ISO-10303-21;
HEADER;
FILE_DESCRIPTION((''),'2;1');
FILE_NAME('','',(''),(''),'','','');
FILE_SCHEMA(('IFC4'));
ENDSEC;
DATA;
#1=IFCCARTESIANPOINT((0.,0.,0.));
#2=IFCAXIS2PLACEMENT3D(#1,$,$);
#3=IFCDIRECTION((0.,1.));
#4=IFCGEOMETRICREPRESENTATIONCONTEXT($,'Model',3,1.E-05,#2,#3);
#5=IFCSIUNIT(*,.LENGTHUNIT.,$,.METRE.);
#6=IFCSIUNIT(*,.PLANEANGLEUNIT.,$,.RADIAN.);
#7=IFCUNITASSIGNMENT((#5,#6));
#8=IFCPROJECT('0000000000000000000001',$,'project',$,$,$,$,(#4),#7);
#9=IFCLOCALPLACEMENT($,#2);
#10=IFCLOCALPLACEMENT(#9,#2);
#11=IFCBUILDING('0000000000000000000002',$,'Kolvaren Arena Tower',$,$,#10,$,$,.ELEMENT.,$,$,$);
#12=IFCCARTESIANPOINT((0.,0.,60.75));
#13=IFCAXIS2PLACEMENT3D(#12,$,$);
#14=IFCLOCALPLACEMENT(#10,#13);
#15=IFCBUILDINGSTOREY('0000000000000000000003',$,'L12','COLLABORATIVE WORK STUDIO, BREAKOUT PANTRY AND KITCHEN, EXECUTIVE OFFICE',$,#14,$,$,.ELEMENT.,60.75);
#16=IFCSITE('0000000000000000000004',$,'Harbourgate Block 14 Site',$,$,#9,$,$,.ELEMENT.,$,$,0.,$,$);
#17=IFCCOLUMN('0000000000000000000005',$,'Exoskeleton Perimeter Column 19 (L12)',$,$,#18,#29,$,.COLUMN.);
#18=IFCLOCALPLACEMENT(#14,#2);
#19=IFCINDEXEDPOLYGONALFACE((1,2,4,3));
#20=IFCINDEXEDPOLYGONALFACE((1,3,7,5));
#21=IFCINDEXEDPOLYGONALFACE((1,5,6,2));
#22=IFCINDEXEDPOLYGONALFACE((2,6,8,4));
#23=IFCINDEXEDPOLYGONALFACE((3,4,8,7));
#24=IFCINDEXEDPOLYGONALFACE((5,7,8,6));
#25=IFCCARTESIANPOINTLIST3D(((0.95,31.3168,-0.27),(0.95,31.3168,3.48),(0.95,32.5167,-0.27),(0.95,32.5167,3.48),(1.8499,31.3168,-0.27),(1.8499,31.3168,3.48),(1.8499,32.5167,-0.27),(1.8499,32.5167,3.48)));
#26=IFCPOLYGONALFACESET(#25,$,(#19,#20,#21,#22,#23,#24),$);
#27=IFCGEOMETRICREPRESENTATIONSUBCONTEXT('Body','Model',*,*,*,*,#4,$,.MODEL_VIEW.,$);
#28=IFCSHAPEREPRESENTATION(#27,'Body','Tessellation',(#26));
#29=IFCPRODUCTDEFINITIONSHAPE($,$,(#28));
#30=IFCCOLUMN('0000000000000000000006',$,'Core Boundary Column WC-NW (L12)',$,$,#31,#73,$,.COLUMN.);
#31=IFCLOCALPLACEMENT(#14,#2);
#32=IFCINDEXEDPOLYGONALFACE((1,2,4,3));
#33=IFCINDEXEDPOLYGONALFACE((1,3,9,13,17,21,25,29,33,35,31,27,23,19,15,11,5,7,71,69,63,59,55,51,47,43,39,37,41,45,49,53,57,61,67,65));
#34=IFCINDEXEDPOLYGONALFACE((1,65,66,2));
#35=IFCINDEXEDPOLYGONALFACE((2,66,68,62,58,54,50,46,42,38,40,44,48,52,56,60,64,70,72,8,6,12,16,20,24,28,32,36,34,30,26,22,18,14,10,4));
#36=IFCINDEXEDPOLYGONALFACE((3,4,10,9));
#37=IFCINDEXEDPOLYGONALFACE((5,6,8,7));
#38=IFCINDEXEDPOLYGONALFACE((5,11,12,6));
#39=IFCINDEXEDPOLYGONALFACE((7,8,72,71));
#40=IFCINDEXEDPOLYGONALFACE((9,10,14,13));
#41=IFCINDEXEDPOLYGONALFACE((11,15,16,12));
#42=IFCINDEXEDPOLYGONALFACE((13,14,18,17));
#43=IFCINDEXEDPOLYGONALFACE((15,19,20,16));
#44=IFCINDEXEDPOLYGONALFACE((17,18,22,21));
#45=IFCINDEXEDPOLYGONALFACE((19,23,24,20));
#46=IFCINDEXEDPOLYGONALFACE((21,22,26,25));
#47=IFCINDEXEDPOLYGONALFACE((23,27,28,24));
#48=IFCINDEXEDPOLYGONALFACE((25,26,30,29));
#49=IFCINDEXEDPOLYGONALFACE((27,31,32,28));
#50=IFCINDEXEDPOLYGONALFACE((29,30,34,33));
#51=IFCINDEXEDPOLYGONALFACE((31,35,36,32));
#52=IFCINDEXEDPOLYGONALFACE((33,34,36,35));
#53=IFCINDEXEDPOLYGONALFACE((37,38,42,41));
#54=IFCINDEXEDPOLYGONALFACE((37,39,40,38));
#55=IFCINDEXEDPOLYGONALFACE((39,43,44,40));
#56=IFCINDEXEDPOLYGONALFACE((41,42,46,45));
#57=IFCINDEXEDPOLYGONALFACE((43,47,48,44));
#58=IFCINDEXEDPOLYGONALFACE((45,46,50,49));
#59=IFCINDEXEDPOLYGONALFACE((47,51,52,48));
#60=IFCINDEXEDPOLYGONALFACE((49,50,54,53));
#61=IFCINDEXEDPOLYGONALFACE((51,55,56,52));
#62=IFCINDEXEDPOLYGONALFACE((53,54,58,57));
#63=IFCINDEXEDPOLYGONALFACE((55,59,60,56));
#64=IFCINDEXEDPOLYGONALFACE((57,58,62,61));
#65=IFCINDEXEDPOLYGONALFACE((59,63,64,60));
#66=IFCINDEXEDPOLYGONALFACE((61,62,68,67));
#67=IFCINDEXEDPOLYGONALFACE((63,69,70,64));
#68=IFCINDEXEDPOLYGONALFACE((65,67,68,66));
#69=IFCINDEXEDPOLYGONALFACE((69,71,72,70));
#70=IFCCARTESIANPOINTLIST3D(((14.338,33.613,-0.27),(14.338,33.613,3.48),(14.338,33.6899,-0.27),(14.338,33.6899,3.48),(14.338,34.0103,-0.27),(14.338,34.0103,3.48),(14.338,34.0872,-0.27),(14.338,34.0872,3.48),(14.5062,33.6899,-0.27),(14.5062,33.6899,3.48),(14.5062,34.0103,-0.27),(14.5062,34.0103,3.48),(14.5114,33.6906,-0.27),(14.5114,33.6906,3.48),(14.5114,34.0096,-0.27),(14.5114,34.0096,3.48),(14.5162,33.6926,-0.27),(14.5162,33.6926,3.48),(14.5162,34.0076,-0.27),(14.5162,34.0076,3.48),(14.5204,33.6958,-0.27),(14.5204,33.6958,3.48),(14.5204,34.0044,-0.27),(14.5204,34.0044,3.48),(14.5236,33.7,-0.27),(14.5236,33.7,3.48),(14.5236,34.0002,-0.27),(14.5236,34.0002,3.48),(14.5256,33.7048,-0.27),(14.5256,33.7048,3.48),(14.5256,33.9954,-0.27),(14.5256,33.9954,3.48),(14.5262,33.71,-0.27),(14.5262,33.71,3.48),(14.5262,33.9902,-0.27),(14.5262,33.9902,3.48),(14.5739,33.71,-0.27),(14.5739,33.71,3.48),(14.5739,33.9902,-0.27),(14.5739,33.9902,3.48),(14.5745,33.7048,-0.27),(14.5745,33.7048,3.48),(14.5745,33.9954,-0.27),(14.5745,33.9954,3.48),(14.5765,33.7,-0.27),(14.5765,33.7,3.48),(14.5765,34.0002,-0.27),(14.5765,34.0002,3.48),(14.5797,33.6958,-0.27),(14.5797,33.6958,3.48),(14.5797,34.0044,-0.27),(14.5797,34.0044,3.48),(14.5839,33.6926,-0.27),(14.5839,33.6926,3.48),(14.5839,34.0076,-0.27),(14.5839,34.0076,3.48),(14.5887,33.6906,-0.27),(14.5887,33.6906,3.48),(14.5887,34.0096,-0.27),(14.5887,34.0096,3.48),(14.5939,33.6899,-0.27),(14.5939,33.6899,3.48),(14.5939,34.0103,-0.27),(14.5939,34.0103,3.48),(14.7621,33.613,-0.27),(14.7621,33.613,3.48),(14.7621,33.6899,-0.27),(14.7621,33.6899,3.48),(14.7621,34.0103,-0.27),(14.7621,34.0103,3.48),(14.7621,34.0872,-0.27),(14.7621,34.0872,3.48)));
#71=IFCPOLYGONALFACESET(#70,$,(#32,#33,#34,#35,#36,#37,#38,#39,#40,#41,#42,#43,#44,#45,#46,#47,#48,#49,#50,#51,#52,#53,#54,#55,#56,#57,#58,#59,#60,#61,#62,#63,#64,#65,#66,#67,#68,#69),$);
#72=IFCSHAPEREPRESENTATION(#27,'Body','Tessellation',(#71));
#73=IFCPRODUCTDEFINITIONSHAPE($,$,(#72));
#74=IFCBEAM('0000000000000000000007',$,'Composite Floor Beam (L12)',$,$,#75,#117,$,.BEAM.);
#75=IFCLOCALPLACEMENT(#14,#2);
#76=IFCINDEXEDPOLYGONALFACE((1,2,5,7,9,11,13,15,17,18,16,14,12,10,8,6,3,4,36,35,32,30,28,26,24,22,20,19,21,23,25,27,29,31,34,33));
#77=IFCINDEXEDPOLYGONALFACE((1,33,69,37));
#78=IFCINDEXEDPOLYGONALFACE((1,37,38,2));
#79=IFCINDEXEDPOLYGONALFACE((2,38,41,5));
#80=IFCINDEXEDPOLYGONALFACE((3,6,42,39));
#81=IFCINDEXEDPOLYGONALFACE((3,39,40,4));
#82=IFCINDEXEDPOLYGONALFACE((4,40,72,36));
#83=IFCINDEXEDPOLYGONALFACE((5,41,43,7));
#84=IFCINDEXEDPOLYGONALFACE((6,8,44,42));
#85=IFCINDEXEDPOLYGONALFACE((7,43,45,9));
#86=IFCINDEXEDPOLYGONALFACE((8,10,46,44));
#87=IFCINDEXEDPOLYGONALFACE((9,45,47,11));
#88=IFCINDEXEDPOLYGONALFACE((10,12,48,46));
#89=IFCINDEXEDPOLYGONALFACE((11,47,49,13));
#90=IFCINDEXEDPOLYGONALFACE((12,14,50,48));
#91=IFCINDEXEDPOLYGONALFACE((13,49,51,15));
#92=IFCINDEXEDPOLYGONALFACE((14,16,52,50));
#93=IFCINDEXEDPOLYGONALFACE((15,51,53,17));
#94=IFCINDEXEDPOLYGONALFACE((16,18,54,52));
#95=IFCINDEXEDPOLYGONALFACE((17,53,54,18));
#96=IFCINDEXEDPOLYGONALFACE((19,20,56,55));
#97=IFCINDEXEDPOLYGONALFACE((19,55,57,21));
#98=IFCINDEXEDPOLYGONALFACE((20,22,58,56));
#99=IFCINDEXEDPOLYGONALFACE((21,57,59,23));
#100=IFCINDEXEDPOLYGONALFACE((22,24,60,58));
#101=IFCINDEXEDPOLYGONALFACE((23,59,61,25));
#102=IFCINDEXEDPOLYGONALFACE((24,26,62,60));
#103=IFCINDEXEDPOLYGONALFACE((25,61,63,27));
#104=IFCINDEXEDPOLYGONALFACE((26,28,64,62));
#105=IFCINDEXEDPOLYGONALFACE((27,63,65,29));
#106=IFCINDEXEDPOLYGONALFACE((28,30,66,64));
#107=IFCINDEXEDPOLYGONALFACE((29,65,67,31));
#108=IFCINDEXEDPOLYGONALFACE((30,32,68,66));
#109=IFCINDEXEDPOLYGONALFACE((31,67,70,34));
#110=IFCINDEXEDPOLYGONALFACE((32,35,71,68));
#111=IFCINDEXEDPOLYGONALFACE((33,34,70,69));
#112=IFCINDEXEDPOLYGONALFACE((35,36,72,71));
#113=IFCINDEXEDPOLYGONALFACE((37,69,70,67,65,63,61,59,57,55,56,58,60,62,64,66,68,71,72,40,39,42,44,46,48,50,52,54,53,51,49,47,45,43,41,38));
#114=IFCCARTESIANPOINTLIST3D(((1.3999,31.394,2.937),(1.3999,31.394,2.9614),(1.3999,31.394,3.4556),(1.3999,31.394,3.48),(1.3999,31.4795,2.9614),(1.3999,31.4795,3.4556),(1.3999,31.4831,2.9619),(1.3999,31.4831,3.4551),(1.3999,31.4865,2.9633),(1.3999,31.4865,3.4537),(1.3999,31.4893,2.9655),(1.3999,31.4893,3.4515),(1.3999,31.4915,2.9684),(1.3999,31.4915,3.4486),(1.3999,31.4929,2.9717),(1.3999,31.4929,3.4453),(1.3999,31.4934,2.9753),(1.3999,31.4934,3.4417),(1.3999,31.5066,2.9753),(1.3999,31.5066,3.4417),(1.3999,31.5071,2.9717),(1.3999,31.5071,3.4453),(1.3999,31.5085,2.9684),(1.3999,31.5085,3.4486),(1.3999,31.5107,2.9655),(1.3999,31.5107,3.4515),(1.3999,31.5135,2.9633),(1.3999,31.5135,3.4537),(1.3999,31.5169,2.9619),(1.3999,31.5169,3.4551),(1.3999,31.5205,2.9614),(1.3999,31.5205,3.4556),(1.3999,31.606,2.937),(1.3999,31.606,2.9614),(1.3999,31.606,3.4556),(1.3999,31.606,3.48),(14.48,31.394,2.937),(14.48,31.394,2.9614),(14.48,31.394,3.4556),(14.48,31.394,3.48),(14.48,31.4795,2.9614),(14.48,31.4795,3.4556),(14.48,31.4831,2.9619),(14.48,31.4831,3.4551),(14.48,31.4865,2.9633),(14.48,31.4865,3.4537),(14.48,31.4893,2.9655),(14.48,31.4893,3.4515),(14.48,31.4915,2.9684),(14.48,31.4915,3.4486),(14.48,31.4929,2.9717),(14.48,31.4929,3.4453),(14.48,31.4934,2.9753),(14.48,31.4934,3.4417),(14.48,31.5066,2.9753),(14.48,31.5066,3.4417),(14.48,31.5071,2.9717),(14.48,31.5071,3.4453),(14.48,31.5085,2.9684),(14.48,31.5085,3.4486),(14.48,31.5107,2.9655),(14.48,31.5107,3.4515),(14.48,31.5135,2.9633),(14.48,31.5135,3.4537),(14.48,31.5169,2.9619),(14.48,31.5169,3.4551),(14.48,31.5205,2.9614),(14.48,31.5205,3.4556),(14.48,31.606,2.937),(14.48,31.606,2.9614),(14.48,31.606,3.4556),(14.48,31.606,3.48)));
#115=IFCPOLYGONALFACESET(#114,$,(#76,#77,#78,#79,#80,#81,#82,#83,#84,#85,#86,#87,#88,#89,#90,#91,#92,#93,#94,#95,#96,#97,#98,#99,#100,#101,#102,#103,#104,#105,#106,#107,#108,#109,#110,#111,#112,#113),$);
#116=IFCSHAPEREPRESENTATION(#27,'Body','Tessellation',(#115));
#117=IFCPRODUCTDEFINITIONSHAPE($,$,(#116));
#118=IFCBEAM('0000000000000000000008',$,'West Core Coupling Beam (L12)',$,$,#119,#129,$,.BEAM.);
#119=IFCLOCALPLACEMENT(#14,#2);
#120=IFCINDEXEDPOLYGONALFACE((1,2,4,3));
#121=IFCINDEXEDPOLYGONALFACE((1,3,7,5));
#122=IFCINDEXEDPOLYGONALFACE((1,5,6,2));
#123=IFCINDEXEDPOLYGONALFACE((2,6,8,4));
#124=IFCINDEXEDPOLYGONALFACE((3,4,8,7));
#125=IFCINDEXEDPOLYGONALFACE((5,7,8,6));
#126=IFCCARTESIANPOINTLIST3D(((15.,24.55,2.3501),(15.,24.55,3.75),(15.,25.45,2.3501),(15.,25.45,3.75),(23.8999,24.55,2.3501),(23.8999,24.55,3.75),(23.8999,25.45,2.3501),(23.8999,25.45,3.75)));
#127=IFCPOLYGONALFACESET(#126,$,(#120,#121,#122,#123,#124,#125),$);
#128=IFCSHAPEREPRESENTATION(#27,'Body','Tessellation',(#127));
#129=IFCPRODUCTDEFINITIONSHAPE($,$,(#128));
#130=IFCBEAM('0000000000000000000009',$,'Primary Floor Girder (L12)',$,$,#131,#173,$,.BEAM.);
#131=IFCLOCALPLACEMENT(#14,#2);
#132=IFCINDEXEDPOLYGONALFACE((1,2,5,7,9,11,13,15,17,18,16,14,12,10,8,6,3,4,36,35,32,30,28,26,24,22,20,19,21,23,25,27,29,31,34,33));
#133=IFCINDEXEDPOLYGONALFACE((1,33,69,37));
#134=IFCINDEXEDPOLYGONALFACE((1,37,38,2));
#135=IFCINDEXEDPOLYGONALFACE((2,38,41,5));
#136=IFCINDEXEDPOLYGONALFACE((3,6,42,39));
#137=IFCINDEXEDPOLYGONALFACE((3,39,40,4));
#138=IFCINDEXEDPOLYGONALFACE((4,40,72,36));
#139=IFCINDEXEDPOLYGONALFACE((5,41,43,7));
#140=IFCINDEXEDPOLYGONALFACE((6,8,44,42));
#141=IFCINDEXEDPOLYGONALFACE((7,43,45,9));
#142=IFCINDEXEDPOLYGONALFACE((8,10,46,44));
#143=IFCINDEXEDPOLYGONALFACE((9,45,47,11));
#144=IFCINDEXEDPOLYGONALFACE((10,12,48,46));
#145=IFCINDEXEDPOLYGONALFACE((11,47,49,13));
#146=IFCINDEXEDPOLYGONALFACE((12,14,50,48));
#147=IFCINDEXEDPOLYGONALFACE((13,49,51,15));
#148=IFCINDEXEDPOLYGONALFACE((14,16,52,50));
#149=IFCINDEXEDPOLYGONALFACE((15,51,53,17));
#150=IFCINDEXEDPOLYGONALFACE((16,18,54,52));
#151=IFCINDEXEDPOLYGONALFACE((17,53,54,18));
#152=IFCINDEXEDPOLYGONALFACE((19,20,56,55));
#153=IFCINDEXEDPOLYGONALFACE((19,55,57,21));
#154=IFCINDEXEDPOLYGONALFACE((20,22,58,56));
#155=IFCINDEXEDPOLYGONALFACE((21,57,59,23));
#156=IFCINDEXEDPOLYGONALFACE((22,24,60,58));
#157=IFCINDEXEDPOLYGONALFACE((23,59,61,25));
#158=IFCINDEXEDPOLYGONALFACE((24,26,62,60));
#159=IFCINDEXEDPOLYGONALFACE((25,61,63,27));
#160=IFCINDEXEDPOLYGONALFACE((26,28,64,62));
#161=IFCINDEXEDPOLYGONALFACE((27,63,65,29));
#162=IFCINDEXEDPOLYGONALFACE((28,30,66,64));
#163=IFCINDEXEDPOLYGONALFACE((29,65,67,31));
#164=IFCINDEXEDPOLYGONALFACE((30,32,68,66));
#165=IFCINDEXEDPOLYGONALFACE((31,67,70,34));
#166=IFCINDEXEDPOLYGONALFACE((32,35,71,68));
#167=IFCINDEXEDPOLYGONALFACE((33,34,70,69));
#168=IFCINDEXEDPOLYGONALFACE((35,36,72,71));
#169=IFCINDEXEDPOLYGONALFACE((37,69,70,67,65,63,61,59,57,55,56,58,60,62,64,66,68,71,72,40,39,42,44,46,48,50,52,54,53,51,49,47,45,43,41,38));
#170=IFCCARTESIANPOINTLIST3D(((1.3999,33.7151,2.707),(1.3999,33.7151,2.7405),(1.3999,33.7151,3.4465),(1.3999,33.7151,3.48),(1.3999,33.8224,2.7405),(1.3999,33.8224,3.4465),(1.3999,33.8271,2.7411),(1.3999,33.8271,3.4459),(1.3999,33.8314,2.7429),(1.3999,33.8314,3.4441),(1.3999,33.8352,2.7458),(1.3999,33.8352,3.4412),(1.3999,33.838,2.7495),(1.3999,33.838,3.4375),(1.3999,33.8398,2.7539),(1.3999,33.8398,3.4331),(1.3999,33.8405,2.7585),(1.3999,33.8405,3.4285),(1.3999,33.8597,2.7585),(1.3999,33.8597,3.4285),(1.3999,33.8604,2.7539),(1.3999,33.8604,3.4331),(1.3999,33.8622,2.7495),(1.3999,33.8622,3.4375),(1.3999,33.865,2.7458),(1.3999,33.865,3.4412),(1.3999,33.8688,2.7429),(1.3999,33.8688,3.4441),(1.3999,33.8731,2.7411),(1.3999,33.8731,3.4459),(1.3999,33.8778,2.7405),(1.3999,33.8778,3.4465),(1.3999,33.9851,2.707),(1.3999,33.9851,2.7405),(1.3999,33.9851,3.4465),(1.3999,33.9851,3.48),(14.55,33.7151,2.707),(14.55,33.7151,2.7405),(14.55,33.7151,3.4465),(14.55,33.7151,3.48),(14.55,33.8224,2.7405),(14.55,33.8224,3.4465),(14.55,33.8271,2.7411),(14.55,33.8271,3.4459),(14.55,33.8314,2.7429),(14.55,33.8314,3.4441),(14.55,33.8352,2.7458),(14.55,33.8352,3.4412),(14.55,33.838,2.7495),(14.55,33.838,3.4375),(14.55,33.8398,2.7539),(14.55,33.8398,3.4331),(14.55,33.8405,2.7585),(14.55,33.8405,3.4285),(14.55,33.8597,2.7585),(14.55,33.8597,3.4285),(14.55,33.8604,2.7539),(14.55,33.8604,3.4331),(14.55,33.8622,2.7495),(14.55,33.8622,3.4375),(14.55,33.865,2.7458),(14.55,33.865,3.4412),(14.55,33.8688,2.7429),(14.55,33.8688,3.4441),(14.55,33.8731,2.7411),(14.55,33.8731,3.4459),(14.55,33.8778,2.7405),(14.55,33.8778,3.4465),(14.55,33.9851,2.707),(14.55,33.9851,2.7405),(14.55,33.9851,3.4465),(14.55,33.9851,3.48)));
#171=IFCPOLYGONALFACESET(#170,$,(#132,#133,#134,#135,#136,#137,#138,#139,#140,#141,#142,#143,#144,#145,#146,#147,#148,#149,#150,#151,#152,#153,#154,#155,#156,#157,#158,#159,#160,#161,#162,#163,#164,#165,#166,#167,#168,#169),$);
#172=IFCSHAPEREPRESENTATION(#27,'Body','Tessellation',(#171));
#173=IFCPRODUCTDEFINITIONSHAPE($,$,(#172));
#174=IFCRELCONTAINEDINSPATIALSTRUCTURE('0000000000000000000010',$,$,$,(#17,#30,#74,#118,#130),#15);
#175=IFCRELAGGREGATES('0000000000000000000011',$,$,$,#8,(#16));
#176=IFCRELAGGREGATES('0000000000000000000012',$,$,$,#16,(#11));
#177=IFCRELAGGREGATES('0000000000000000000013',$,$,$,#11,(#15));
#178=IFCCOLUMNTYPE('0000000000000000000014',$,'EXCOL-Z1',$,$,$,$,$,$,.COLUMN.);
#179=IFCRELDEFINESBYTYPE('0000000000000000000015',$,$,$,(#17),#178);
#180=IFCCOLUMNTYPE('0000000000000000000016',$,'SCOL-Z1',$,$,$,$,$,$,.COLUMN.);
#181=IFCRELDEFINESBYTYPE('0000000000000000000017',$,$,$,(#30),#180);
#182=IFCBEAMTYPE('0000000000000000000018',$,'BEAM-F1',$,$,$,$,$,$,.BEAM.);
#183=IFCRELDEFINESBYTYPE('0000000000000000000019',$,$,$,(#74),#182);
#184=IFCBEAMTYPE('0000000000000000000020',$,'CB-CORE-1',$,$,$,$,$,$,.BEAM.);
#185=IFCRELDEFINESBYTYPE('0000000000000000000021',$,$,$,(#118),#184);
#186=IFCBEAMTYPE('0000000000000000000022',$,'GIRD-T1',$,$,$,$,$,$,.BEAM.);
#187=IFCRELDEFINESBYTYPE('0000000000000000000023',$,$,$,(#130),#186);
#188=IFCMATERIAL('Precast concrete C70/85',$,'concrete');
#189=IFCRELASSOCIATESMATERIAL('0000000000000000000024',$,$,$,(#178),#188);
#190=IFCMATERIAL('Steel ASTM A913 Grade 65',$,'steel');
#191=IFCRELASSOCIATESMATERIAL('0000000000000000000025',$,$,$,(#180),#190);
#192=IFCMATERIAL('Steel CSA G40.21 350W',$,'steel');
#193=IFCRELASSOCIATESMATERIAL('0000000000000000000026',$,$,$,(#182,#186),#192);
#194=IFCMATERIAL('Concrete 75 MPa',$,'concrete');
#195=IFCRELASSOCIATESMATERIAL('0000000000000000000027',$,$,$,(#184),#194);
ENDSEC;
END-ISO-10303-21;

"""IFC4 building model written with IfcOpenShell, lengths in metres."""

from ifc_helpers import new_model, si_unit, direction, frame, origin, origin_2d, place, context, subcontext, project, spatial, rectangle, i_section, extrude, material, material_profile, profile_set, type_object, element, save


model = new_model("IFC4")

# Units and contexts
model_context = context("Model", 3, precision=1e-05, world=origin(), true_north=direction((0.0, 1.0)))
body_context = subcontext(model_context, "Body", "Model", "MODEL_VIEW")
ifc_project = project(units=[si_unit("LENGTHUNIT", "METRE"), si_unit("PLANEANGLEUNIT", "RADIAN")], contexts=[model_context])

# Site, building, storey
site_placement = place(None, origin())
site = spatial("IfcSite", under=ifc_project, at=site_placement, Name="Harbourgate Block 14 Site", CompositionType="ELEMENT", RefElevation=0.0)
building_placement = place(site_placement, origin())
building = spatial("IfcBuilding", under=site, at=building_placement, Name="Kolvaren Arena Tower", CompositionType="ELEMENT")
storey_placement = place(building_placement, frame((0.0, 0.0, 60.75)))
storey = spatial("IfcBuildingStorey", under=building, at=storey_placement, Name="L12", Description="COLLABORATIVE WORK STUDIO, BREAKOUT PANTRY AND KITCHEN, EXECUTIVE OFFICE", CompositionType="ELEMENT", Elevation=60.75)

# Columns
ifc_material_1 = material(Name="Precast concrete C70/85", Category="concrete")
ifc_material_profile_1 = material_profile(ifc_material_1, rectangle(XDim=1.2, YDim=0.8999, at=origin_2d()), Name="RC-1200x900")
ifc_profile_set_1 = profile_set([ifc_material_profile_1], Name="Precast concrete C70/85")
column_type_1 = type_object("IfcColumnType", Name="EXCOL-Z1", PredefinedType="COLUMN", material=ifc_profile_set_1)
column_1_placement = place(storey_placement, frame((1.3999, 31.9167, -0.27), z_axis=(0.0, 0.0, 1.0), x_axis=(0.0, 1.0, 0.0)))
element("IfcColumn", 1, at=column_1_placement, inside=storey, type_object=column_type_1, Name="Exoskeleton Perimeter Column 19 (L12)", PredefinedType="COLUMN", context=body_context, shape_type="SweptSolid", body=[
    extrude(rectangle(XDim=1.2, YDim=0.8999, at=origin_2d()), origin(), (0.0, 0.0, 1.0), 3.75),
])
ifc_material_2 = material(Name="Steel ASTM A913 Grade 65", Category="steel")
ifc_material_profile_2 = material_profile(ifc_material_2, i_section(OverallWidth=0.4241, OverallDepth=0.4741, WebThickness=0.0476, FlangeThickness=0.0769, FilletRadius=0.02, at=origin_2d()), Name="W360x634")
ifc_profile_set_2 = profile_set([ifc_material_profile_2], Name="Steel ASTM A913 Grade 65")
column_type_2 = type_object("IfcColumnType", Name="SCOL-Z1", PredefinedType="COLUMN", material=ifc_profile_set_2)
column_2_placement = place(storey_placement, frame((14.55, 33.8501, -0.27), z_axis=(0.0, 0.0, 1.0), x_axis=(1.0, 0.0, 0.0)))
element("IfcColumn", 2, at=column_2_placement, inside=storey, type_object=column_type_2, Name="Core Boundary Column WC-NW (L12)", PredefinedType="COLUMN", context=body_context, shape_type="SweptSolid", body=[
    extrude(i_section(OverallWidth=0.4241, OverallDepth=0.4741, WebThickness=0.0476, FlangeThickness=0.0769, FilletRadius=0.02, at=origin_2d()), origin(), (0.0, 0.0, 1.0), 3.75),
])

# Beams
ifc_material_3 = material(Name="Steel CSA G40.21 350W", Category="steel")
ifc_material_profile_3 = material_profile(ifc_material_3, i_section(OverallWidth=0.2119, OverallDepth=0.543, WebThickness=0.0132, FlangeThickness=0.0244, FilletRadius=0.0139, at=origin_2d()), Name="W530x150")
ifc_profile_set_3 = profile_set([ifc_material_profile_3], Name="Steel CSA G40.21 350W")
beam_type_1 = type_object("IfcBeamType", Name="BEAM-F1", PredefinedType="BEAM", material=ifc_profile_set_3)
beam_1_placement = place(storey_placement, frame((1.3999, 31.5, 3.2085), z_axis=(1.0, 0.0, 0.0), x_axis=(0.0, 1.0, 0.0)))
element("IfcBeam", 3, at=beam_1_placement, inside=storey, type_object=beam_type_1, Name="Composite Floor Beam (L12)", PredefinedType="BEAM", context=body_context, shape_type="SweptSolid", body=[
    extrude(i_section(OverallWidth=0.2119, OverallDepth=0.543, WebThickness=0.0132, FlangeThickness=0.0244, FilletRadius=0.0139, at=origin_2d()), origin(), (0.0, 0.0, 1.0), 13.0801),
])
ifc_material_4 = material(Name="Concrete 75 MPa", Category="concrete")
ifc_material_profile_4 = material_profile(ifc_material_4, rectangle(XDim=0.8999, YDim=1.3999, at=origin_2d()), Name="RC-900x1400")
ifc_profile_set_4 = profile_set([ifc_material_profile_4], Name="Concrete 75 MPa")
beam_type_2 = type_object("IfcBeamType", Name="CB-CORE-1", PredefinedType="BEAM", material=ifc_profile_set_4)
beam_2_placement = place(storey_placement, frame((15.0, 25.0, 3.05), z_axis=(1.0, 0.0, 0.0), x_axis=(0.0, 1.0, 0.0)))
element("IfcBeam", 4, at=beam_2_placement, inside=storey, type_object=beam_type_2, Name="West Core Coupling Beam (L12)", PredefinedType="BEAM", context=body_context, shape_type="SweptSolid", body=[
    extrude(rectangle(XDim=0.8999, YDim=1.3999, at=origin_2d()), origin(), (0.0, 0.0, 1.0), 8.8999),
])
ifc_material_profile_5 = material_profile(ifc_material_3, i_section(OverallWidth=0.27, OverallDepth=0.7729, WebThickness=0.0193, FlangeThickness=0.0334, FilletRadius=0.0181, at=origin_2d()), Name="W760x257")
ifc_profile_set_5 = profile_set([ifc_material_profile_5], Name="Steel CSA G40.21 350W")
beam_type_3 = type_object("IfcBeamType", Name="GIRD-T1", PredefinedType="BEAM", material=ifc_profile_set_5)
beam_3_placement = place(storey_placement, frame((1.3999, 33.8501, 3.0935), z_axis=(1.0, 0.0, 0.0), x_axis=(0.0, 1.0, 0.0)))
element("IfcBeam", 5, at=beam_3_placement, inside=storey, type_object=beam_type_3, Name="Primary Floor Girder (L12)", PredefinedType="BEAM", context=body_context, shape_type="SweptSolid", body=[
    extrude(i_section(OverallWidth=0.27, OverallDepth=0.7729, WebThickness=0.0193, FlangeThickness=0.0334, FilletRadius=0.0181, at=origin_2d()), origin(), (0.0, 0.0, 1.0), 13.1501),
])

save(model, "model.ifc")
